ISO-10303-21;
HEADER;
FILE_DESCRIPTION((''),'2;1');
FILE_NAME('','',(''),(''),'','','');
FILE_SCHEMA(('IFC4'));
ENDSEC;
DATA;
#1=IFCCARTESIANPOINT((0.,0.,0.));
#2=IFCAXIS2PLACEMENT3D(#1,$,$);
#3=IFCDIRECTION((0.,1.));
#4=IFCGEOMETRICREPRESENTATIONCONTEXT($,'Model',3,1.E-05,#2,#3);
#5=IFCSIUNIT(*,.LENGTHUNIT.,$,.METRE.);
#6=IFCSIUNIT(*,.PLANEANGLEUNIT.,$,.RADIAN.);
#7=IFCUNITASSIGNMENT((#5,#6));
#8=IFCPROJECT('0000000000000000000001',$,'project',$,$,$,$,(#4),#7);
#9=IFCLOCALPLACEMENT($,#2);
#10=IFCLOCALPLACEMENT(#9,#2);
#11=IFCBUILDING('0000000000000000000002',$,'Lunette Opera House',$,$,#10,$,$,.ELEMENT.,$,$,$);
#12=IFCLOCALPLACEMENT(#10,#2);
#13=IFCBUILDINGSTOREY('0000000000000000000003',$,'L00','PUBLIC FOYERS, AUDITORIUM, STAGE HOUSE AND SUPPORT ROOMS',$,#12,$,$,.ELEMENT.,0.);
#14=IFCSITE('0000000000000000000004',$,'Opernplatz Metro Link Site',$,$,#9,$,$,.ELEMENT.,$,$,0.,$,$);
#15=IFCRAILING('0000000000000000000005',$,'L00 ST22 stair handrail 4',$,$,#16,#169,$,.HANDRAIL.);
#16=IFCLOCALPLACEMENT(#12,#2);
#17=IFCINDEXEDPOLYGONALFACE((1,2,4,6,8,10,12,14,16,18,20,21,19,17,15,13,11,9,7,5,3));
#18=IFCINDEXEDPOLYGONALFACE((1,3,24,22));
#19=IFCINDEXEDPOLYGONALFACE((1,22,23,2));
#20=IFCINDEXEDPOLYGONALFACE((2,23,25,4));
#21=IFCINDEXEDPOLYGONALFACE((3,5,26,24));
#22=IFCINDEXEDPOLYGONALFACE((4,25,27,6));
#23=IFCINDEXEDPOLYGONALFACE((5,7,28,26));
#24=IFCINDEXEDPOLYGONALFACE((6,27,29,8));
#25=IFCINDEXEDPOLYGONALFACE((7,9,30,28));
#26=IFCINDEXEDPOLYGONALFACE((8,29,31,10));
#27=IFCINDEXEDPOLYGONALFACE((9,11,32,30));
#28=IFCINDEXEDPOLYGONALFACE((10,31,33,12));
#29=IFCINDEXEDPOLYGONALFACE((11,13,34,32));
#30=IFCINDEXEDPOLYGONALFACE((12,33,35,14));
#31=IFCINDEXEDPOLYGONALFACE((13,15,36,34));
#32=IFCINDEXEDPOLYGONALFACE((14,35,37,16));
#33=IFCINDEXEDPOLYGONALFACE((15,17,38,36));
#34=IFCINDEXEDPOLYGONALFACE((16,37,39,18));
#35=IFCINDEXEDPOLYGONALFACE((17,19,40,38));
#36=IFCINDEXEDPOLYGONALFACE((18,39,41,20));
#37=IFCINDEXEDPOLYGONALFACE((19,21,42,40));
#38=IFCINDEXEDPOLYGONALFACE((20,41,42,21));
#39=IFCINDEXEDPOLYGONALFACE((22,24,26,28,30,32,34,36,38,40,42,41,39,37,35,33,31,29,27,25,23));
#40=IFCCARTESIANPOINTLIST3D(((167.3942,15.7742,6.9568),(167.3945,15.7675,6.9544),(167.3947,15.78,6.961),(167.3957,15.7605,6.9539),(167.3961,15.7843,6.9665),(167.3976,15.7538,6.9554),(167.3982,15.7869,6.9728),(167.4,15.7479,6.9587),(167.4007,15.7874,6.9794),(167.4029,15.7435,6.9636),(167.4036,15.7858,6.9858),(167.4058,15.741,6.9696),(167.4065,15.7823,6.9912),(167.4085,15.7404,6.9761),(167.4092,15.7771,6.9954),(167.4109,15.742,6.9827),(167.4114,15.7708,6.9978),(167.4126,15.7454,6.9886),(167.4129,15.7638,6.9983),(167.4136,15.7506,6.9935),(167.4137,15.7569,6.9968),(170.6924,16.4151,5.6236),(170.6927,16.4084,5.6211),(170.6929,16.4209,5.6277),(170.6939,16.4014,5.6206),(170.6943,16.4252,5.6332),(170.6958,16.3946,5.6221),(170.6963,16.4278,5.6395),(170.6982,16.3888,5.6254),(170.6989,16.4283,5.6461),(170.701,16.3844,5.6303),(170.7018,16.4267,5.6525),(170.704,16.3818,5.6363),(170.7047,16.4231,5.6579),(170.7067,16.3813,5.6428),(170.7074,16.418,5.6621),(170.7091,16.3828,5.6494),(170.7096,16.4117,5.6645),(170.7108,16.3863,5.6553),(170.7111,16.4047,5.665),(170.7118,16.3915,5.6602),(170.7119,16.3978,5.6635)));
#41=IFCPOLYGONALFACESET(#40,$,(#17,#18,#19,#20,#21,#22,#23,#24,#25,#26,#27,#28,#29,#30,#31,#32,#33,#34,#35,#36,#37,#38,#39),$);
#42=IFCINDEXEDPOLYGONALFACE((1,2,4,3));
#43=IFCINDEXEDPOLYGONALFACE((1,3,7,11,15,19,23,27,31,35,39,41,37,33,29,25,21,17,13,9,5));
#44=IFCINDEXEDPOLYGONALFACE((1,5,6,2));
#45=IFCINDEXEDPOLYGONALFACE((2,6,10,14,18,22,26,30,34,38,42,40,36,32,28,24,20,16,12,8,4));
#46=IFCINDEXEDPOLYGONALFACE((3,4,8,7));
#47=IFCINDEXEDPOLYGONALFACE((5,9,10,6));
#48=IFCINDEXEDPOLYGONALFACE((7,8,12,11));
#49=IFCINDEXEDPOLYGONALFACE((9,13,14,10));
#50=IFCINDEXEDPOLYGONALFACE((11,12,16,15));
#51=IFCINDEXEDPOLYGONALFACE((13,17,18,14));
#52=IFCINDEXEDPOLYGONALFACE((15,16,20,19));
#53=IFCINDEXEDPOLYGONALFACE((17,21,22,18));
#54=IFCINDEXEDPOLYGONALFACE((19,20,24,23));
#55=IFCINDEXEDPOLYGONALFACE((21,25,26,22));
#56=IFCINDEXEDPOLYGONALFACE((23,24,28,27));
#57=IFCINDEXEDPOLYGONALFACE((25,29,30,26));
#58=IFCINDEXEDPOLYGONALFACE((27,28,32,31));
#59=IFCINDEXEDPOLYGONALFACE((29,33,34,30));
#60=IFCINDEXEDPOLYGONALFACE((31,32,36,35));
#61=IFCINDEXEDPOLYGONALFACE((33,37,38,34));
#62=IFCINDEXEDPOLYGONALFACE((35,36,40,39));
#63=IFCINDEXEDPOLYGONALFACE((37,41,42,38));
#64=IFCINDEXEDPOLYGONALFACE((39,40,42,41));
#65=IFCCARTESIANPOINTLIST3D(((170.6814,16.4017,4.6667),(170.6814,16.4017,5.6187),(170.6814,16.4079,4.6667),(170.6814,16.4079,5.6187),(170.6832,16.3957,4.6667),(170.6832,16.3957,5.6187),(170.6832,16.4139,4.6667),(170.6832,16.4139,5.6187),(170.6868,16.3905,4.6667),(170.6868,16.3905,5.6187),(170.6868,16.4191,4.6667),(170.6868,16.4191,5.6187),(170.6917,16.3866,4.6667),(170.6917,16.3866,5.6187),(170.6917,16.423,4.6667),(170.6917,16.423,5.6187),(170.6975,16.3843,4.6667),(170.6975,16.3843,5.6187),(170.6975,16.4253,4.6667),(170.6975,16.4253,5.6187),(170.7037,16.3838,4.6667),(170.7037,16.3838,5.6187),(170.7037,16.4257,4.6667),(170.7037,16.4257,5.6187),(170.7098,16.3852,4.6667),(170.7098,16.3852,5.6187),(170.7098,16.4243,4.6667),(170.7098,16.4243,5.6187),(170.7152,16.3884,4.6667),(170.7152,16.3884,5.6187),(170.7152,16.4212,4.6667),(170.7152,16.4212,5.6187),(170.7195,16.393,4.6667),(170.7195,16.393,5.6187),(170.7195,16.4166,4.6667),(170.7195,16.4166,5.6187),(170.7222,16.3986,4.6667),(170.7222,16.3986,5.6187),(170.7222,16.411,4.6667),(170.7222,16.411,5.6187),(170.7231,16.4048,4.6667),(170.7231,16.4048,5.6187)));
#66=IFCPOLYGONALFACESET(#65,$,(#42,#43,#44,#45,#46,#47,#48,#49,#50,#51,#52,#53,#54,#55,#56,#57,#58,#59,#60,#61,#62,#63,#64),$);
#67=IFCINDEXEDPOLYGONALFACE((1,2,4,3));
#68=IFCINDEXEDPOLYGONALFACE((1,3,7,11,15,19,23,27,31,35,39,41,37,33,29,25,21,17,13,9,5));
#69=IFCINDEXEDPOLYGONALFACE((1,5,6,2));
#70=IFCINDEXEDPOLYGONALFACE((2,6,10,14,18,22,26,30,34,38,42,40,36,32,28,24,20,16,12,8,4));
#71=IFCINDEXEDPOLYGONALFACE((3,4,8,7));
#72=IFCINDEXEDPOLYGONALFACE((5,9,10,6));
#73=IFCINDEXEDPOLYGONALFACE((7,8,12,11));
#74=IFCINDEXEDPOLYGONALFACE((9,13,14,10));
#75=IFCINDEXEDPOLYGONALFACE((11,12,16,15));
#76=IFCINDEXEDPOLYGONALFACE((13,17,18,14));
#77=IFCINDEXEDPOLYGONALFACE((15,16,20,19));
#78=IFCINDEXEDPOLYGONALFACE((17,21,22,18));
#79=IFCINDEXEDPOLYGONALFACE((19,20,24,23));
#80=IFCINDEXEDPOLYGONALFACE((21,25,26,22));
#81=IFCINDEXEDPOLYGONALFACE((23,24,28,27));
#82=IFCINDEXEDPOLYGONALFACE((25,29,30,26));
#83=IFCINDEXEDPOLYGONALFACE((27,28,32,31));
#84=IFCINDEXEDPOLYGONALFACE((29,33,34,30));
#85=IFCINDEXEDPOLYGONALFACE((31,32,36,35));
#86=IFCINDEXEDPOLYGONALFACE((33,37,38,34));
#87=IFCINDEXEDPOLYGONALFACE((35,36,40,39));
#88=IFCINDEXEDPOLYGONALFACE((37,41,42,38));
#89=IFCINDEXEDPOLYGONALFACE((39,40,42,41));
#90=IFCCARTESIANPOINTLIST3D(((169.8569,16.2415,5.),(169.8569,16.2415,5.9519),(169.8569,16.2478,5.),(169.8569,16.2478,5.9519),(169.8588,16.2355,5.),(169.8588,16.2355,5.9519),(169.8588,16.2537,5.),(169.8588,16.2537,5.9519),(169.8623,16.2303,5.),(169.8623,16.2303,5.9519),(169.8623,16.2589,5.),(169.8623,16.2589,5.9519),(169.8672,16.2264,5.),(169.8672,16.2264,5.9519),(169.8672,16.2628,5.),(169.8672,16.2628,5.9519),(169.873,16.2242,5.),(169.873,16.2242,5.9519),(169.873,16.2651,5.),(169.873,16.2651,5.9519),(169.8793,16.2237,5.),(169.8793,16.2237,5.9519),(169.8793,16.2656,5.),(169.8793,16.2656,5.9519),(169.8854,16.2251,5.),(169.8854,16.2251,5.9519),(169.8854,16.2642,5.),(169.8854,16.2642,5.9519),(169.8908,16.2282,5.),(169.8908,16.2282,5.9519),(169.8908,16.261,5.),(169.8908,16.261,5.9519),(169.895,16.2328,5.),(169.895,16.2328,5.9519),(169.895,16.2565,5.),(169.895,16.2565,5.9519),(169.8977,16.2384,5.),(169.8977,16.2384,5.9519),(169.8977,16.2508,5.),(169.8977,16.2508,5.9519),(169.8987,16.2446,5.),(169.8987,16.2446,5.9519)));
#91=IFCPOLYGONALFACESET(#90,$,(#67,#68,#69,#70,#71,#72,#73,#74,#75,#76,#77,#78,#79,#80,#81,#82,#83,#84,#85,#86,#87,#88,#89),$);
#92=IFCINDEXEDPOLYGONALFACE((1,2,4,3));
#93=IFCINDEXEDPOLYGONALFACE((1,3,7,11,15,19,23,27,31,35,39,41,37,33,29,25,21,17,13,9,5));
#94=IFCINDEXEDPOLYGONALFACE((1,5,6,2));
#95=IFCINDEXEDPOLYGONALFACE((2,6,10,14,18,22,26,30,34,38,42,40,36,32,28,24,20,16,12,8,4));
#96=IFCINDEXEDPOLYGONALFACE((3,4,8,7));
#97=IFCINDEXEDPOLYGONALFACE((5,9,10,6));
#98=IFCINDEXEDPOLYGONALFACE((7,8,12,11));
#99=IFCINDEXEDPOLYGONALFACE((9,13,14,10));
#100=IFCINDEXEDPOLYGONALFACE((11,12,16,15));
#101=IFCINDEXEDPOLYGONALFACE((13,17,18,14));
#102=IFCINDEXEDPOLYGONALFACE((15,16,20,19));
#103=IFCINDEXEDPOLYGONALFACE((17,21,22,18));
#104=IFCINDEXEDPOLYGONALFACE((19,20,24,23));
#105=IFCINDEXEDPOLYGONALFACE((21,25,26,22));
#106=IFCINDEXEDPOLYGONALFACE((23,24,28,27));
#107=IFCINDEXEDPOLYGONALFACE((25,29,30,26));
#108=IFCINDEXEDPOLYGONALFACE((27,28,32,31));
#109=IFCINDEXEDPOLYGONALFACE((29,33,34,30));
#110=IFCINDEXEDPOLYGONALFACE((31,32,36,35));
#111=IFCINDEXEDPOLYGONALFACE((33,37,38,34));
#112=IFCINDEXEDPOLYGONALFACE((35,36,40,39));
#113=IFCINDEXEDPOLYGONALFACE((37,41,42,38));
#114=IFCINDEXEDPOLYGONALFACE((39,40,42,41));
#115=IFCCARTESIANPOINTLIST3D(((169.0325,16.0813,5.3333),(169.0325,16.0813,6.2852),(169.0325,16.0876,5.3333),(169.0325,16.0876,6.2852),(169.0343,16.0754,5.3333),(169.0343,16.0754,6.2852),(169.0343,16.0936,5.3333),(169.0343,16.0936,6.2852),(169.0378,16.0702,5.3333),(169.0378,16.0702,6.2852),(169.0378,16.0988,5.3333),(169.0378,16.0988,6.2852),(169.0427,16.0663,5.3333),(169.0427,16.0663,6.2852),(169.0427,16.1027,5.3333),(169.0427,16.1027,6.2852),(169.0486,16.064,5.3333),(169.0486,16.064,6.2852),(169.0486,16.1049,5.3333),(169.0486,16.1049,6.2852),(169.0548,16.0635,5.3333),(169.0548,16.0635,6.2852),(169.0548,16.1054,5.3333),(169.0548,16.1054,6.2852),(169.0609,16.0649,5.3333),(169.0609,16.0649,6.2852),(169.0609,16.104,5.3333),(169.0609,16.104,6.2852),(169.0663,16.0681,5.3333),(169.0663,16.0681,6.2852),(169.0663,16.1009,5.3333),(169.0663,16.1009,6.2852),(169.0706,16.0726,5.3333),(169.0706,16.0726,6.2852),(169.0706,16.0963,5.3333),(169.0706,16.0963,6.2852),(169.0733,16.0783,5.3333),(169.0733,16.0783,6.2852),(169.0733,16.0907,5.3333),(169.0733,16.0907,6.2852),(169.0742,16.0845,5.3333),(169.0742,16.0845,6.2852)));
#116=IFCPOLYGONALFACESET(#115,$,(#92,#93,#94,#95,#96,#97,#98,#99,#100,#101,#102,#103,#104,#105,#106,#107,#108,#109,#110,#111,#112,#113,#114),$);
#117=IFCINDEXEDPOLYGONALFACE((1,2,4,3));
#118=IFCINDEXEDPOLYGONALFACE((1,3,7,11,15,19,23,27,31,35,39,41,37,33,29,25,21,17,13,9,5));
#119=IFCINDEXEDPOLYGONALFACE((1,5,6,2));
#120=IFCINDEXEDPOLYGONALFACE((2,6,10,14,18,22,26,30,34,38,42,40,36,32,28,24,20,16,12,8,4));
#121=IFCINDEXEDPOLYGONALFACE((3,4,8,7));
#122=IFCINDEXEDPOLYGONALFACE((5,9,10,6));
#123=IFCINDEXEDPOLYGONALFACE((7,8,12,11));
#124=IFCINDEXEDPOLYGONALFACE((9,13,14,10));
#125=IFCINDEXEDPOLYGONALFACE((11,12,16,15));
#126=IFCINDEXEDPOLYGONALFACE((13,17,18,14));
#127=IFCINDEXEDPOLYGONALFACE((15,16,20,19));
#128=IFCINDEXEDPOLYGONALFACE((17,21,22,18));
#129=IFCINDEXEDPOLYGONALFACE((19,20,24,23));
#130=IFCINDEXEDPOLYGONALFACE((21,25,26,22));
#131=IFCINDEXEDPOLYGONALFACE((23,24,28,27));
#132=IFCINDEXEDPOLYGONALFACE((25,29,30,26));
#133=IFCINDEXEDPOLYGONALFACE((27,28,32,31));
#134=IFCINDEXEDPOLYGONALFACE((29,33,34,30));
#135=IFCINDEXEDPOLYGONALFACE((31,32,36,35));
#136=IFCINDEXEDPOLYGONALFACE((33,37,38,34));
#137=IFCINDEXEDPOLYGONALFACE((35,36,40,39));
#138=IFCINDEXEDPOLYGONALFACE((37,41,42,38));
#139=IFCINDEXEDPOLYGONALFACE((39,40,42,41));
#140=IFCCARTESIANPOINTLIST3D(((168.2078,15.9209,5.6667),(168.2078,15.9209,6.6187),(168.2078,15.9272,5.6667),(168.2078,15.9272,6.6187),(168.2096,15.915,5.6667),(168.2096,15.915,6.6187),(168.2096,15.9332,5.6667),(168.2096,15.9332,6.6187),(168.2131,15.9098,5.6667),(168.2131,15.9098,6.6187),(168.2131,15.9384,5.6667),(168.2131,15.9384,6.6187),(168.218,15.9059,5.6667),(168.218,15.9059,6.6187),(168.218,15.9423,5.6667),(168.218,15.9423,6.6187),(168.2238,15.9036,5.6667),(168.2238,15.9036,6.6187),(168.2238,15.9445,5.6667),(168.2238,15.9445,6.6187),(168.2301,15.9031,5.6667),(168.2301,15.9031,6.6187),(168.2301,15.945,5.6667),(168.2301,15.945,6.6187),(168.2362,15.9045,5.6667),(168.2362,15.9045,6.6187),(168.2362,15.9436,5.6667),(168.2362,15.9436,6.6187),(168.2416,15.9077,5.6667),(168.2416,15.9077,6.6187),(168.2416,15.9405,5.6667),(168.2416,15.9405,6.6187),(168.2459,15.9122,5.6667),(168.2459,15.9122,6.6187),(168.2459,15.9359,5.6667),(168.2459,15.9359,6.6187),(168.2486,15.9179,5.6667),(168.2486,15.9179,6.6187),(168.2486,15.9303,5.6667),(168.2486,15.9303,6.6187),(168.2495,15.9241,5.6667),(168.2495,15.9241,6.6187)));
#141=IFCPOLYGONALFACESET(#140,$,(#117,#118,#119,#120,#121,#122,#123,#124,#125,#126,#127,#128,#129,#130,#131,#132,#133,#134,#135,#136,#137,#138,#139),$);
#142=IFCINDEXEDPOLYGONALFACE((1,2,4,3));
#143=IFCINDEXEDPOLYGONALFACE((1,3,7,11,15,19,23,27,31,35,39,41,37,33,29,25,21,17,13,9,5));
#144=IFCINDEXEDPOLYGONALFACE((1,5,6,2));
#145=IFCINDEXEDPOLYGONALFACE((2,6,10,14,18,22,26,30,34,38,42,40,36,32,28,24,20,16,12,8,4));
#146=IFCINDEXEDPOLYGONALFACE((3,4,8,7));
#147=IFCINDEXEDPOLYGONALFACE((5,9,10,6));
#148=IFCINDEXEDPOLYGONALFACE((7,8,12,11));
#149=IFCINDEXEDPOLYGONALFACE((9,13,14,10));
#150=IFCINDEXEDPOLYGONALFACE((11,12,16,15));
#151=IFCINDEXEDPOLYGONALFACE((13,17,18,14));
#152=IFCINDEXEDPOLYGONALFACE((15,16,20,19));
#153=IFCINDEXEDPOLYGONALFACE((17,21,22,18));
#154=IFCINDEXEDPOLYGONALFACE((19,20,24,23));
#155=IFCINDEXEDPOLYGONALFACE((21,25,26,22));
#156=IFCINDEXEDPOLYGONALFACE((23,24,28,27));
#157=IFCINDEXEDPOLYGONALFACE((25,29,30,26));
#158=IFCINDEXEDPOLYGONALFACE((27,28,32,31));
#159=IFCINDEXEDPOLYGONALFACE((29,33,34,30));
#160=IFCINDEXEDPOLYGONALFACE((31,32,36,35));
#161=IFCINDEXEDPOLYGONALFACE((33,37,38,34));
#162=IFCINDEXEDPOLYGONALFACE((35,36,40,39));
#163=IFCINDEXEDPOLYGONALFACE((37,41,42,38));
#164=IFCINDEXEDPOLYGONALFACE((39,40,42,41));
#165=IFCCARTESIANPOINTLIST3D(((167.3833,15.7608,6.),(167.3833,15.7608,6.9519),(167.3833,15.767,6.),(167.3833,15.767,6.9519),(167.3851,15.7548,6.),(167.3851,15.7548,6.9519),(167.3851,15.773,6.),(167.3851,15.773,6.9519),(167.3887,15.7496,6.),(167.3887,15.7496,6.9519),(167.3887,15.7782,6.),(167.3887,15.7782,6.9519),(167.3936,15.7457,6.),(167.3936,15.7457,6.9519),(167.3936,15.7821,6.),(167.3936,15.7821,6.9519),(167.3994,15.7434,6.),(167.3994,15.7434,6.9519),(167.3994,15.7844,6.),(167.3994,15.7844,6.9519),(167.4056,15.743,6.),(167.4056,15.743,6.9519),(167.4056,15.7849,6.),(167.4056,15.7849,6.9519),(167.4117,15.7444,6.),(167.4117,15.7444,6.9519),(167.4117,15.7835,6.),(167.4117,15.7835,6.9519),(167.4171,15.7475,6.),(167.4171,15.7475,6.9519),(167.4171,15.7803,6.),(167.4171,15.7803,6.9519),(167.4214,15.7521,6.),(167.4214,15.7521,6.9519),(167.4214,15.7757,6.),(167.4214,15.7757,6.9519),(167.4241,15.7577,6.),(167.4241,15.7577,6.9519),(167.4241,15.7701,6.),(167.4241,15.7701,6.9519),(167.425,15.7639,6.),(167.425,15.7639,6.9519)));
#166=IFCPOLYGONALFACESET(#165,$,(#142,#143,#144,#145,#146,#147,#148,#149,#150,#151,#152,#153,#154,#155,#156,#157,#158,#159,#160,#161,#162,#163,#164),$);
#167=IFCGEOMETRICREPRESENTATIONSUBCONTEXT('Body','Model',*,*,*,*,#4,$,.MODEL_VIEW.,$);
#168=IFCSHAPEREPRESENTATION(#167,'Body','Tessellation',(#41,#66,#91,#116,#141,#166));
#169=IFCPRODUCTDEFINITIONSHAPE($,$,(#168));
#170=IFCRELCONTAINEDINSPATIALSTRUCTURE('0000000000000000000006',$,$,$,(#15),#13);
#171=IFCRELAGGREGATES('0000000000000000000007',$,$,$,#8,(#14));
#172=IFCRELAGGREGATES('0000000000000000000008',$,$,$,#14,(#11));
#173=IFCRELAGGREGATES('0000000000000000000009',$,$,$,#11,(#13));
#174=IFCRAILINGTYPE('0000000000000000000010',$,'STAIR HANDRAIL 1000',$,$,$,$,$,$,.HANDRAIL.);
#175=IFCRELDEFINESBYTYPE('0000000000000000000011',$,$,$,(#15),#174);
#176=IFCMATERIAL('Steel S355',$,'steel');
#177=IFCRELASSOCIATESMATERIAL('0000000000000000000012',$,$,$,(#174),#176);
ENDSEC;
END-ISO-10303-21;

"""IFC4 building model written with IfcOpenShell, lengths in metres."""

from ifc_helpers import new_model, si_unit, direction, frame, origin, origin_2d, place, context, subcontext, project, spatial, circle, extrude, material, type_object, element, save


model = new_model("IFC4")

# Units and contexts
model_context = context("Model", 3, precision=1e-05, world=origin(), true_north=direction((0.0, 1.0)))
body_context = subcontext(model_context, "Body", "Model", "MODEL_VIEW")
ifc_project = project(units=[si_unit("LENGTHUNIT", "METRE"), si_unit("PLANEANGLEUNIT", "RADIAN")], contexts=[model_context])

# Site, building, storey
site_placement = place(None, origin())
site = spatial("IfcSite", under=ifc_project, at=site_placement, Name="Opernplatz Metro Link Site", CompositionType="ELEMENT", RefElevation=0.0)
building_placement = place(site_placement, origin())
building = spatial("IfcBuilding", under=site, at=building_placement, Name="Lunette Opera House", CompositionType="ELEMENT")
storey_placement = place(building_placement, origin())
storey = spatial("IfcBuildingStorey", under=building, at=storey_placement, Name="L00", Description="PUBLIC FOYERS, AUDITORIUM, STAGE HOUSE AND SUPPORT ROOMS", CompositionType="ELEMENT", Elevation=0.0)

# Railing
ifc_material_1 = material(Name="Steel S355", Category="steel")
railing_type_1 = type_object("IfcRailingType", Name="STAIR HANDRAIL 1000", PredefinedType="HANDRAIL", material=ifc_material_1)
for number, where, name in (
    (1, (170.7021, 16.4048, 4.6667), "L00 ST22 stair handrail 4"),
):
    element("IfcRailing", number, at=place(storey_placement, frame(where)), inside=storey, type_object=railing_type_1, Name=name, PredefinedType="HANDRAIL", context=body_context, shape_type="SweptSolid", body=[
        extrude(circle(Radius=0.0239, at=origin_2d()), frame((0.0, 0.0, 0.9761), z_axis=(-0.912424, -0.177298, 0.368847), x_axis=(0.190747, -0.981639, 0.0)), (0.0, 0.0, 1.0), 3.6147),
        extrude(circle(Radius=0.021, at=origin_2d()), origin(), (0.0, 0.0, 1.0), 0.9519),
        extrude(circle(Radius=0.021, at=origin_2d()), frame((-0.8245, -0.1602, 0.3333)), (0.0, 0.0, 1.0), 0.9519),
        extrude(circle(Radius=0.021, at=origin_2d()), frame((-1.6489, -0.3203, 0.6665)), (0.0, 0.0, 1.0), 0.9519),
        extrude(circle(Radius=0.021, at=origin_2d()), frame((-2.4736, -0.4807, 1.0)), (0.0, 0.0, 1.0), 0.9519),
        extrude(circle(Radius=0.021, at=origin_2d()), frame((-3.2981, -0.6409, 1.3333)), (0.0, 0.0, 1.0), 0.9519),
    ])

save(model, "model.ifc")
